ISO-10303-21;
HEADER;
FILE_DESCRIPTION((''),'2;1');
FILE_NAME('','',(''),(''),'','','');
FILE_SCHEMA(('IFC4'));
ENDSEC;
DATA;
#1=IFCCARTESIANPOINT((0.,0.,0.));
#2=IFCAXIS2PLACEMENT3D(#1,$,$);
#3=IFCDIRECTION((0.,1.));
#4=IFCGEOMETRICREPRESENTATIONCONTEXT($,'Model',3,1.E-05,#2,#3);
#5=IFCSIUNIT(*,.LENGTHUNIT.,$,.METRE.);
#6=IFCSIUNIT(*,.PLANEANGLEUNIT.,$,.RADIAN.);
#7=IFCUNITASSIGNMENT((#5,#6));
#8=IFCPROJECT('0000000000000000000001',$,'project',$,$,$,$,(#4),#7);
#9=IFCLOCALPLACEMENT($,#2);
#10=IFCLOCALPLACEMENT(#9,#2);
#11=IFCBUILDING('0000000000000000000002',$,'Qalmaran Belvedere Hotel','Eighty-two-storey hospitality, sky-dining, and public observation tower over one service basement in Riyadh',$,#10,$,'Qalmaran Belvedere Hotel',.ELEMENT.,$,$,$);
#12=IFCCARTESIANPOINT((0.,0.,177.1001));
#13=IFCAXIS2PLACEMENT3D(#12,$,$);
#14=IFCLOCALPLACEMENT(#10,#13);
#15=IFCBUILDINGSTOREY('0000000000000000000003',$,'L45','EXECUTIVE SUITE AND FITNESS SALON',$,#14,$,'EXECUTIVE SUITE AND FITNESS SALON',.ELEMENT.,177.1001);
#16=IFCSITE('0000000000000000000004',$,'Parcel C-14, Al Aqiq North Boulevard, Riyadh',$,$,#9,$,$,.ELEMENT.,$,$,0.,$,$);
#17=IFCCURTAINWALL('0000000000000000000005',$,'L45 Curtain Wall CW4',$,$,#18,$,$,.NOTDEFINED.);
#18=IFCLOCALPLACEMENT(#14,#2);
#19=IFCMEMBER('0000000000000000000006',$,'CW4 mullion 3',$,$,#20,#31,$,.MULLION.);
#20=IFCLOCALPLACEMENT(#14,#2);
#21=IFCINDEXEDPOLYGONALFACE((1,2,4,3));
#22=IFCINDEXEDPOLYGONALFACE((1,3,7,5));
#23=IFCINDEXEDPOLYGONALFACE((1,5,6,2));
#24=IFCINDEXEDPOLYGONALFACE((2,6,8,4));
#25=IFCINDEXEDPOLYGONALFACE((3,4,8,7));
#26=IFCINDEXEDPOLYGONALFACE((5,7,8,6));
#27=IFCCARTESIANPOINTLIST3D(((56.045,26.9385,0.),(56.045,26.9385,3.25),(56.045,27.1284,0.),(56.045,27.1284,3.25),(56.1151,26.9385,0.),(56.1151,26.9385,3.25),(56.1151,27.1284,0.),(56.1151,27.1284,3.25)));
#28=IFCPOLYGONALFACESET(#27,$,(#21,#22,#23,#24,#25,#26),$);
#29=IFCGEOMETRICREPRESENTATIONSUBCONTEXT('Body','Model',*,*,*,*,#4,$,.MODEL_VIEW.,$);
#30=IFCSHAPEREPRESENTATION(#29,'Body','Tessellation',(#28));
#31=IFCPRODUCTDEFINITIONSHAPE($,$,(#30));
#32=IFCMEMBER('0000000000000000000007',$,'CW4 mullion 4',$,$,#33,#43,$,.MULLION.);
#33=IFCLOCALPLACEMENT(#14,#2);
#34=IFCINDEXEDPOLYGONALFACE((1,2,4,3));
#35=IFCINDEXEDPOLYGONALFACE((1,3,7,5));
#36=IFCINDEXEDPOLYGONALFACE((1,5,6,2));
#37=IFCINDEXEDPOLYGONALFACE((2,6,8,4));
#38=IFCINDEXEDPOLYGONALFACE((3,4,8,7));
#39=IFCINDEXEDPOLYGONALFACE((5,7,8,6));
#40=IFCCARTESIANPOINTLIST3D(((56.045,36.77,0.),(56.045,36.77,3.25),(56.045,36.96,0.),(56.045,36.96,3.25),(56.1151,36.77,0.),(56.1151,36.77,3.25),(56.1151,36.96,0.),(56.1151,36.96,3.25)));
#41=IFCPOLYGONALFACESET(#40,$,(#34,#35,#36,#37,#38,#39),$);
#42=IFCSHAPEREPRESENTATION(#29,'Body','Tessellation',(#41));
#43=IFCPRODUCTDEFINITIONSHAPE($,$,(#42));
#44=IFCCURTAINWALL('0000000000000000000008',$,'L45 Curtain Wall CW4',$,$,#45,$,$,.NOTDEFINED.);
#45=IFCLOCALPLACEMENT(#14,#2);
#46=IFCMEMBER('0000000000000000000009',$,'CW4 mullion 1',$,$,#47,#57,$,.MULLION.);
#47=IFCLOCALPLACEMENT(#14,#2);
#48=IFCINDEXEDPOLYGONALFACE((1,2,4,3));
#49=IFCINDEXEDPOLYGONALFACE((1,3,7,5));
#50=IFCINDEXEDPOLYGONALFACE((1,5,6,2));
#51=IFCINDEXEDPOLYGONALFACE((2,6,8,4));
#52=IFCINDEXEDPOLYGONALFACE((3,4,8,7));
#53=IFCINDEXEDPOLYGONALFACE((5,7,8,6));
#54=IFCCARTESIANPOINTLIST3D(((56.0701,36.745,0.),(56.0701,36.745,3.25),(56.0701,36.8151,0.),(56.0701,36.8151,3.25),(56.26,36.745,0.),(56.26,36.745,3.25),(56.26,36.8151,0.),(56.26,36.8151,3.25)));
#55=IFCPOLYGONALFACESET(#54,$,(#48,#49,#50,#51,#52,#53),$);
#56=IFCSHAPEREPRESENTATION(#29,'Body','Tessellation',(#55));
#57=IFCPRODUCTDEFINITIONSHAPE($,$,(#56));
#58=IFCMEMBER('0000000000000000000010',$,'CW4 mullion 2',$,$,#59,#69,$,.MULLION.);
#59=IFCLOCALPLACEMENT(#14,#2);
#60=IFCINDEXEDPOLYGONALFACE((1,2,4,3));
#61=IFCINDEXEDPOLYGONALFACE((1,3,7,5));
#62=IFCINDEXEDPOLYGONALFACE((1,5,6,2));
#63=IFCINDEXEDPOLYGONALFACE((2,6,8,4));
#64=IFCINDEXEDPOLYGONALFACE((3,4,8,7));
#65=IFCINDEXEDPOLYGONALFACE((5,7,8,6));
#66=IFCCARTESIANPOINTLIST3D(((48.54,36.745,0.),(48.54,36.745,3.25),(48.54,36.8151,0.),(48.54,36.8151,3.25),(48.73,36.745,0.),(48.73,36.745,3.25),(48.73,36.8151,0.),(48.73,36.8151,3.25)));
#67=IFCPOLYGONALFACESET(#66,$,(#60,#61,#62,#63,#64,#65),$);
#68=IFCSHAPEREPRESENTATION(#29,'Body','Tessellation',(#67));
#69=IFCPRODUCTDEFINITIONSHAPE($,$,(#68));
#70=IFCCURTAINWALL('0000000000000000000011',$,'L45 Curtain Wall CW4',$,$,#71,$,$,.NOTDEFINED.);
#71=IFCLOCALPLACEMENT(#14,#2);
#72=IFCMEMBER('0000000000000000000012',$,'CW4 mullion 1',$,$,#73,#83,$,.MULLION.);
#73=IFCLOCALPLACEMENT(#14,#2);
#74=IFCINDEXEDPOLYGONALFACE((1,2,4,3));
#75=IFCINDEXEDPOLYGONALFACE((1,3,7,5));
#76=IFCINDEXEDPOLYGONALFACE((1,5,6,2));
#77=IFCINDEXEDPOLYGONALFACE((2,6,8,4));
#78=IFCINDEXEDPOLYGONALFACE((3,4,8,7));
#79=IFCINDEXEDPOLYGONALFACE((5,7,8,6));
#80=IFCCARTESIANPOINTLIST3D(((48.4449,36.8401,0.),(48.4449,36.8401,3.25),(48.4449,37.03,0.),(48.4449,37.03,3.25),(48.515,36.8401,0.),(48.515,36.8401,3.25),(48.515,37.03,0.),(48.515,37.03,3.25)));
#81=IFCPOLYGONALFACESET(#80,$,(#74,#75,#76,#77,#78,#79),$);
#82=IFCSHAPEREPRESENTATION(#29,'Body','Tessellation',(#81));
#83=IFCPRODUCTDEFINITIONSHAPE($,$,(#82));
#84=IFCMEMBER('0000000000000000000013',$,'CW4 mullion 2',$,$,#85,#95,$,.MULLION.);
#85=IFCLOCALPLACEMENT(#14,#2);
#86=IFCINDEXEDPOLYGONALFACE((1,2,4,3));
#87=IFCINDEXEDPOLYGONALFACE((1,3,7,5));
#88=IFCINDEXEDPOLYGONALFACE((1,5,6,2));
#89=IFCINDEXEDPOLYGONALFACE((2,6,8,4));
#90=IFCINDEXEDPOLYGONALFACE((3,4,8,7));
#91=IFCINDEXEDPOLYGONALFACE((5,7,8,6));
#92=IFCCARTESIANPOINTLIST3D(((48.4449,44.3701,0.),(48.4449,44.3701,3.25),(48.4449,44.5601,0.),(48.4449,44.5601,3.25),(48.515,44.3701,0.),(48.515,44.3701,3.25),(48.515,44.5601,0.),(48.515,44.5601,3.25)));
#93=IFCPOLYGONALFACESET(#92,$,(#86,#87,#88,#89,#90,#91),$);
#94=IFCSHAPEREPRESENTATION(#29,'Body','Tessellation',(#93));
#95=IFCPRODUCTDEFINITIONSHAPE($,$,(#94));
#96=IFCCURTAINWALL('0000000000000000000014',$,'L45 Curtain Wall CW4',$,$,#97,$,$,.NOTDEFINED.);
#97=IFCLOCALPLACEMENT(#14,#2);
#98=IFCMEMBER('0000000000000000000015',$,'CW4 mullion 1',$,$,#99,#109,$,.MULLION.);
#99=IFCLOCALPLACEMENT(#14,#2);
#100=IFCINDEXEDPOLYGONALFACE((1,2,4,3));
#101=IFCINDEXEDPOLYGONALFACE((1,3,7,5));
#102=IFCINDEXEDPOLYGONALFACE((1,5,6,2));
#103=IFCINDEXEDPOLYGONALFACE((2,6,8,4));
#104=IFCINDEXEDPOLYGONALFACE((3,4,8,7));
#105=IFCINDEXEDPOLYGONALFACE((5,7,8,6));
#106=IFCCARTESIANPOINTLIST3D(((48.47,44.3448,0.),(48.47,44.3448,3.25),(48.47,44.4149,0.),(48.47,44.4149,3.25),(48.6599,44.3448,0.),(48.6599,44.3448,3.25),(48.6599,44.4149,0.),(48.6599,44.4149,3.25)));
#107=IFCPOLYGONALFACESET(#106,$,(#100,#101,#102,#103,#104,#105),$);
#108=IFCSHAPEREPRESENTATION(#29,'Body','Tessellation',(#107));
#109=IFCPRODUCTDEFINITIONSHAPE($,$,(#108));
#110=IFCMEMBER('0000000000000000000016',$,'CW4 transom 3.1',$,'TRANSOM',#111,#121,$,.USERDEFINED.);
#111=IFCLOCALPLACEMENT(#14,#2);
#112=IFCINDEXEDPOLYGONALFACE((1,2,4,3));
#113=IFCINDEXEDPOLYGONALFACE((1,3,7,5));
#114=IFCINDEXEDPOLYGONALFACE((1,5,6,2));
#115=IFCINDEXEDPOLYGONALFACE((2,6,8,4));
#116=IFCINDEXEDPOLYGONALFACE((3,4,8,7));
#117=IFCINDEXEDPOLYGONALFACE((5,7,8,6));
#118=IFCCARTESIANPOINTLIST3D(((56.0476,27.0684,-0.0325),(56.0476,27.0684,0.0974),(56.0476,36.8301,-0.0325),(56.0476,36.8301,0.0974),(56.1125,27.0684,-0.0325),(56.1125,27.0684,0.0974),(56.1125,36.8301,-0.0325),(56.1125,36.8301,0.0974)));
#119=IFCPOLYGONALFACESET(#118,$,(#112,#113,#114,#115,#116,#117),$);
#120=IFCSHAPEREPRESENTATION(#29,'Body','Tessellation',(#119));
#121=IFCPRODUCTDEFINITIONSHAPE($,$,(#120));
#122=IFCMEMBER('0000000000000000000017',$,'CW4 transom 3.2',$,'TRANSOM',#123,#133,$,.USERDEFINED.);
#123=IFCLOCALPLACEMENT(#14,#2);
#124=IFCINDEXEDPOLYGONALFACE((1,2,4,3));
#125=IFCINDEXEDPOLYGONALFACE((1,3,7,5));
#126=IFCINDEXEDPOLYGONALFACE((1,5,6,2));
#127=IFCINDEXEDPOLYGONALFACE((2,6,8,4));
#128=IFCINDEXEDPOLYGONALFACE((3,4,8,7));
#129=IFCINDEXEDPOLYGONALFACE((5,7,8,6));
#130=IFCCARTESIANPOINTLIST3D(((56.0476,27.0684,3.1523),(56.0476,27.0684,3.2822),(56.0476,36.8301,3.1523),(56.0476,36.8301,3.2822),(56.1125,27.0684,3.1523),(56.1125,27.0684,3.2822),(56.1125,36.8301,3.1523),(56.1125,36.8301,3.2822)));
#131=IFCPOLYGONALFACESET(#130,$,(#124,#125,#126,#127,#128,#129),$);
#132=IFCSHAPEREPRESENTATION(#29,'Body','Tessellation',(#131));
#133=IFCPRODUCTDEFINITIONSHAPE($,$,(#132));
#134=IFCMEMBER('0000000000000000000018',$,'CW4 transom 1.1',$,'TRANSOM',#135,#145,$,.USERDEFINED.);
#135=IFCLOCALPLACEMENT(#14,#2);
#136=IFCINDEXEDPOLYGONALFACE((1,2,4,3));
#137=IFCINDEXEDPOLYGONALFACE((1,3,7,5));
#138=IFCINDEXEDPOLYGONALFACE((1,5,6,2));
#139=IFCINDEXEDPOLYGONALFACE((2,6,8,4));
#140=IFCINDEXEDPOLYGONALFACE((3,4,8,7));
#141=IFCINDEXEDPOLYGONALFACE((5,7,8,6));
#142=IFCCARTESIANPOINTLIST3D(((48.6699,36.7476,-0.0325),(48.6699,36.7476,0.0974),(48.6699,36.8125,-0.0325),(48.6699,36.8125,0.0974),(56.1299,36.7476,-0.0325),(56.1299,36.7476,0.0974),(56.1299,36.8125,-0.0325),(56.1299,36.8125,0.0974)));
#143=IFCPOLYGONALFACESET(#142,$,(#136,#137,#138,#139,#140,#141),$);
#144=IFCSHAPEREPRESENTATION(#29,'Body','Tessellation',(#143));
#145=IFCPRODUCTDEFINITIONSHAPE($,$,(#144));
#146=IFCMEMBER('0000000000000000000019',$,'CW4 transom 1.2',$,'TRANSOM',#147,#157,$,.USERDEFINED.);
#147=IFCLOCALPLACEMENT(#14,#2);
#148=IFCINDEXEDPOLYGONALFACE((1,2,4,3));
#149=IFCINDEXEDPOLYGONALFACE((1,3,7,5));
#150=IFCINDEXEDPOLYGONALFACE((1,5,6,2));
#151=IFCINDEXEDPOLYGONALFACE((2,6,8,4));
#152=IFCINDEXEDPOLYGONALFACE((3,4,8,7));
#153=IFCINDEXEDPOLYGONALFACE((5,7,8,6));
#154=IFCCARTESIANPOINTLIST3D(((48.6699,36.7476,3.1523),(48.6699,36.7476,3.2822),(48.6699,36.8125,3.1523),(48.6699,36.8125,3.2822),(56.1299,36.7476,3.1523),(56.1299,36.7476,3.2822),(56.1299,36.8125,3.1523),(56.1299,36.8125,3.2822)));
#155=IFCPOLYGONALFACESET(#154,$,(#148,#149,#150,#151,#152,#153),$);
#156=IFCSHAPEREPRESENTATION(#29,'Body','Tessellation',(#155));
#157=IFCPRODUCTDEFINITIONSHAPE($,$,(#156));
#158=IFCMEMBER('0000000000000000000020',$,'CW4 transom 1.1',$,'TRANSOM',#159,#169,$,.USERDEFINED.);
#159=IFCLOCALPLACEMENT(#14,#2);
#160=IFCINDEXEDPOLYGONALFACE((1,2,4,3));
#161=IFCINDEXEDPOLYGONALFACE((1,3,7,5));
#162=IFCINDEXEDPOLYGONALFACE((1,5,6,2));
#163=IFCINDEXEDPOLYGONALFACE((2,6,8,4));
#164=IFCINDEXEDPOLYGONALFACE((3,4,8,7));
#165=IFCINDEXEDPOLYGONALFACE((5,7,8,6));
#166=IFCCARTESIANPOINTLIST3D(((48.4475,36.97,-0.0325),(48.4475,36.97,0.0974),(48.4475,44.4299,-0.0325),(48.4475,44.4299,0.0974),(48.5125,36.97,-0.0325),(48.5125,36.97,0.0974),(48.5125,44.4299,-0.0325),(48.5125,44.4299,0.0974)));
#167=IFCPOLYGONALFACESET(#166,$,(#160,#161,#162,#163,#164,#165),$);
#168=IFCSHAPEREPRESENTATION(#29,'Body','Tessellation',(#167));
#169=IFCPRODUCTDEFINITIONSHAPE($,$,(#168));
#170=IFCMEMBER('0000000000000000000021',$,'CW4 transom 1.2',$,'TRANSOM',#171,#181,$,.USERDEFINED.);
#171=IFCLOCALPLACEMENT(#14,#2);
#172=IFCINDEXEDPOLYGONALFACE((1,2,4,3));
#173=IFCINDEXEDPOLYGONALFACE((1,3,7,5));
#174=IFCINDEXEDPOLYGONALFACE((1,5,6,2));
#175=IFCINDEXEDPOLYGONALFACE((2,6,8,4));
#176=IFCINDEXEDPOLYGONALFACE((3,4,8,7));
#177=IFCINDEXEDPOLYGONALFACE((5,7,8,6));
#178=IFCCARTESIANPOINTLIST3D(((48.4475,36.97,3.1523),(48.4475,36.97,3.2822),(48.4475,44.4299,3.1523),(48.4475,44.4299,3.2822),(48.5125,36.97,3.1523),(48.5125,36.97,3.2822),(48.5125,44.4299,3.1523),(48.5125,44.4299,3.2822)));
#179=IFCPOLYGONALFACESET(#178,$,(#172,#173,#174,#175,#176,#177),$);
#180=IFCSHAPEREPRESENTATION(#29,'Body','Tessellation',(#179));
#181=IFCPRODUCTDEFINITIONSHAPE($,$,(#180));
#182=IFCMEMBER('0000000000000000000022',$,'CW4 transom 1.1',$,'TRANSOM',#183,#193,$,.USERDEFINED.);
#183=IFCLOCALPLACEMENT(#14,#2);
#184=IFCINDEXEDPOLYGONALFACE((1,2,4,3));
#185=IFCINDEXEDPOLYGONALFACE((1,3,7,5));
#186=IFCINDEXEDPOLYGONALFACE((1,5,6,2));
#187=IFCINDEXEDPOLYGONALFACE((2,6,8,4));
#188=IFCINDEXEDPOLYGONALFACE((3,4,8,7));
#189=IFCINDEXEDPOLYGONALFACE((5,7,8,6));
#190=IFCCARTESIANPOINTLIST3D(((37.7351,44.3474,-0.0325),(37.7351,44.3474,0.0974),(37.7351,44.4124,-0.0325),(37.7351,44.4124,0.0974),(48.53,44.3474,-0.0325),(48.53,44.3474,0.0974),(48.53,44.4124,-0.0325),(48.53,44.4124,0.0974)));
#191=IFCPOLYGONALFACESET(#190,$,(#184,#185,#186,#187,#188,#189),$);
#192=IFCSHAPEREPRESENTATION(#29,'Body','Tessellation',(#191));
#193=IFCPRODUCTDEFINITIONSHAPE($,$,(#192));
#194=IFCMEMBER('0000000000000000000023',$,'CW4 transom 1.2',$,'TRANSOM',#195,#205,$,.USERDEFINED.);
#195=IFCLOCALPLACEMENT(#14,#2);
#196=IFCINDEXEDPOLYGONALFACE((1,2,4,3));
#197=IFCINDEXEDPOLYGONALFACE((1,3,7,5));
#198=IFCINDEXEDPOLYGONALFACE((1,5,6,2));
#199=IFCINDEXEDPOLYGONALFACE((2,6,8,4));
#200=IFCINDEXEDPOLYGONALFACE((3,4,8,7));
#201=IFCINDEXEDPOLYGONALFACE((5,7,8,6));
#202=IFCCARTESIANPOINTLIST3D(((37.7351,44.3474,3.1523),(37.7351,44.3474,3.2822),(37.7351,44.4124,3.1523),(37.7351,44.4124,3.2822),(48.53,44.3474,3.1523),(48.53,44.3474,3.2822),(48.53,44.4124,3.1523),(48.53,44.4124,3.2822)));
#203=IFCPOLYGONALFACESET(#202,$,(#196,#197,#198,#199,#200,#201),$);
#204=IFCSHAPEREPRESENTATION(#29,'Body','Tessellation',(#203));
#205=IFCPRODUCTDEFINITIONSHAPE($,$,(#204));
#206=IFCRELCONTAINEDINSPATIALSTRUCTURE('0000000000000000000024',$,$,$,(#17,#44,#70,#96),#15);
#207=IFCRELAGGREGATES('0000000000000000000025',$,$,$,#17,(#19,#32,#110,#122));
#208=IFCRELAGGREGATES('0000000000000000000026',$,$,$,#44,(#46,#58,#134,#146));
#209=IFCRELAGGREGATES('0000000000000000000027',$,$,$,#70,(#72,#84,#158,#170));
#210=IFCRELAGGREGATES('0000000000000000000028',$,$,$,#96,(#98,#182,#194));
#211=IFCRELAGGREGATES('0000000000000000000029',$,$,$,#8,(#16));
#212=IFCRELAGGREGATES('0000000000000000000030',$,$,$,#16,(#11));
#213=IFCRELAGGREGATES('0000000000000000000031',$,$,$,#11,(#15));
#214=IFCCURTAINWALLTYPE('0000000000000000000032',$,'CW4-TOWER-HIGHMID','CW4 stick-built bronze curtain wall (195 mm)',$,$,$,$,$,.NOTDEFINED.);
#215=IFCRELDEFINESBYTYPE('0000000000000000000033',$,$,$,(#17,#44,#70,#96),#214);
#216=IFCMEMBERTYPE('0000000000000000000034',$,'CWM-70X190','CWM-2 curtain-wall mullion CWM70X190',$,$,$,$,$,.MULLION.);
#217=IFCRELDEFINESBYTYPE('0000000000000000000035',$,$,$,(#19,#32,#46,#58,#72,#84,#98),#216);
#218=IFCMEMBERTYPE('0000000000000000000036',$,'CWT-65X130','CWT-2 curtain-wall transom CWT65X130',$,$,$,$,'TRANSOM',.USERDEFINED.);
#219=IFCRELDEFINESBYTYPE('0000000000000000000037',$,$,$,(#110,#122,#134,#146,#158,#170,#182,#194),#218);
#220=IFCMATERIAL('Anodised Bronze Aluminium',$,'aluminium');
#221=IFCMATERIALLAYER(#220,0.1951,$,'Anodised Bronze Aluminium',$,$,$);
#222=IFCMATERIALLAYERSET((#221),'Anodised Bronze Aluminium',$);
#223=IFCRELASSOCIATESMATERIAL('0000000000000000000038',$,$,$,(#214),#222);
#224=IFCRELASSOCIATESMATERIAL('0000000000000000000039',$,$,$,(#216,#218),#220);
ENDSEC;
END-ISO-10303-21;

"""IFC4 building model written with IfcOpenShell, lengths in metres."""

from ifc_helpers import new_model, si_unit, direction, frame, origin, origin_2d, place, context, subcontext, project, spatial, rectangle, extrude, material, layer, layer_set, material_profile, profile_set, type_object, element, aggregate, save


model = new_model("IFC4")

# Units and contexts
model_context = context("Model", 3, precision=1e-05, world=origin(), true_north=direction((0.0, 1.0)))
body_context = subcontext(model_context, "Body", "Model", "MODEL_VIEW")
ifc_project = project(units=[si_unit("LENGTHUNIT", "METRE"), si_unit("PLANEANGLEUNIT", "RADIAN")], contexts=[model_context])

# Site, building, storey
site_placement = place(None, origin())
site = spatial("IfcSite", under=ifc_project, at=site_placement, Name="Parcel C-14, Al Aqiq North Boulevard, Riyadh", CompositionType="ELEMENT", RefElevation=0.0)
building_placement = place(site_placement, origin())
building = spatial("IfcBuilding", under=site, at=building_placement, Name="Qalmaran Belvedere Hotel", Description="Eighty-two-storey hospitality, sky-dining, and public observation tower over one service basement in Riyadh", LongName="Qalmaran Belvedere Hotel", CompositionType="ELEMENT")
storey_placement = place(building_placement, frame((0.0, 0.0, 177.1001)))
storey = spatial("IfcBuildingStorey", under=building, at=storey_placement, Name="L45", Description="EXECUTIVE SUITE AND FITNESS SALON", LongName="EXECUTIVE SUITE AND FITNESS SALON", CompositionType="ELEMENT", Elevation=177.1001)

# Curtain walls, members
ifc_material_1 = material(Name="Anodised Bronze Aluminium", Category="aluminium")
ifc_layer_1 = layer(ifc_material_1, 0.1951, Name="Anodised Bronze Aluminium")
ifc_layer_set_1 = layer_set([ifc_layer_1], Name="Anodised Bronze Aluminium")
curtain_wall_type = type_object("IfcCurtainWallType", Name="CW4-TOWER-HIGHMID", Description="CW4 stick-built bronze curtain wall (195 mm)", PredefinedType="NOTDEFINED", material=ifc_layer_set_1)
curtain_wall_1_placement = place(storey_placement, origin())
curtain_wall_1 = element("IfcCurtainWall", 1, at=curtain_wall_1_placement, inside=storey, type_object=curtain_wall_type, Name="L45 Curtain Wall CW4", PredefinedType="NOTDEFINED")
ifc_material_profile_1 = material_profile(ifc_material_1, rectangle(XDim=0.0701, YDim=0.1899, at=origin_2d()), Name="CWM70X190")
ifc_profile_set_1 = profile_set([ifc_material_profile_1], Name="Anodised Bronze Aluminium")
member_type_1 = type_object("IfcMemberType", Name="CWM-70X190", Description="CWM-2 curtain-wall mullion CWM70X190", PredefinedType="MULLION", material=ifc_profile_set_1)
member_1_placement = place(storey_placement, frame((56.0801, 27.0334, 0.0), z_axis=(0.0, 0.0, 1.0), x_axis=(-1.0, 0.0, 0.0)))
member_1 = element("IfcMember", 2, at=member_1_placement, type_object=member_type_1, Name="CW4 mullion 3", PredefinedType="MULLION", context=body_context, shape_type="SweptSolid", body=[
    extrude(rectangle(XDim=0.0701, YDim=0.1899, at=origin_2d()), origin(), (0.0, 0.0, 1.0), 3.25),
])
member_2_placement = place(storey_placement, frame((56.0801, 36.865, 0.0), z_axis=(0.0, 0.0, 1.0), x_axis=(-1.0, 0.0, 0.0)))
member_2 = element("IfcMember", 3, at=member_2_placement, type_object=member_type_1, Name="CW4 mullion 4", PredefinedType="MULLION", context=body_context, shape_type="SweptSolid", body=[
    extrude(rectangle(XDim=0.0701, YDim=0.1899, at=origin_2d()), origin(), (0.0, 0.0, 1.0), 3.25),
])
curtain_wall_2_placement = place(storey_placement, origin())
curtain_wall_2 = element("IfcCurtainWall", 4, at=curtain_wall_2_placement, inside=storey, type_object=curtain_wall_type, Name="L45 Curtain Wall CW4", PredefinedType="NOTDEFINED")
member_3_placement = place(storey_placement, frame((56.165, 36.78, 0.0), z_axis=(0.0, 0.0, 1.0), x_axis=(0.0, -1.0, 0.0)))
member_3 = element("IfcMember", 5, at=member_3_placement, type_object=member_type_1, Name="CW4 mullion 1", PredefinedType="MULLION", context=body_context, shape_type="SweptSolid", body=[
    extrude(rectangle(XDim=0.0701, YDim=0.1899, at=origin_2d()), origin(), (0.0, 0.0, 1.0), 3.25),
])
member_4_placement = place(storey_placement, frame((48.635, 36.78, 0.0), z_axis=(0.0, 0.0, 1.0), x_axis=(0.0, -1.0, 0.0)))
member_4 = element("IfcMember", 6, at=member_4_placement, type_object=member_type_1, Name="CW4 mullion 2", PredefinedType="MULLION", context=body_context, shape_type="SweptSolid", body=[
    extrude(rectangle(XDim=0.0701, YDim=0.1899, at=origin_2d()), origin(), (0.0, 0.0, 1.0), 3.25),
])
curtain_wall_3_placement = place(storey_placement, origin())
curtain_wall_3 = element("IfcCurtainWall", 7, at=curtain_wall_3_placement, inside=storey, type_object=curtain_wall_type, Name="L45 Curtain Wall CW4", PredefinedType="NOTDEFINED")
member_5_placement = place(storey_placement, frame((48.48, 36.9351, 0.0), z_axis=(0.0, 0.0, 1.0), x_axis=(-1.0, 0.0, 0.0)))
member_5 = element("IfcMember", 8, at=member_5_placement, type_object=member_type_1, Name="CW4 mullion 1", PredefinedType="MULLION", context=body_context, shape_type="SweptSolid", body=[
    extrude(rectangle(XDim=0.0701, YDim=0.1899, at=origin_2d()), origin(), (0.0, 0.0, 1.0), 3.25),
])
member_6_placement = place(storey_placement, frame((48.48, 44.4651, 0.0), z_axis=(0.0, 0.0, 1.0), x_axis=(-1.0, 0.0, 0.0)))
member_6 = element("IfcMember", 9, at=member_6_placement, type_object=member_type_1, Name="CW4 mullion 2", PredefinedType="MULLION", context=body_context, shape_type="SweptSolid", body=[
    extrude(rectangle(XDim=0.0701, YDim=0.1899, at=origin_2d()), origin(), (0.0, 0.0, 1.0), 3.25),
])

# Curtain wall, member
curtain_wall_4_placement = place(storey_placement, origin())
curtain_wall_4 = element("IfcCurtainWall", 10, at=curtain_wall_4_placement, inside=storey, type_object=curtain_wall_type, Name="L45 Curtain Wall CW4", PredefinedType="NOTDEFINED")
member_7_placement = place(storey_placement, frame((48.5649, 44.3799, 0.0), z_axis=(0.0, 0.0, 1.0), x_axis=(0.0, -1.0, 0.0)))
member_7 = element("IfcMember", 11, at=member_7_placement, type_object=member_type_1, Name="CW4 mullion 1", PredefinedType="MULLION", context=body_context, shape_type="SweptSolid", body=[
    extrude(rectangle(XDim=0.0701, YDim=0.1899, at=origin_2d()), origin(), (0.0, 0.0, 1.0), 3.25),
])

# Members
ifc_material_profile_2 = material_profile(ifc_material_1, rectangle(XDim=0.0649, YDim=0.1299, at=origin_2d()), Name="CWT65X130")
ifc_profile_set_2 = profile_set([ifc_material_profile_2], Name="Anodised Bronze Aluminium")
member_type_2 = type_object("IfcMemberType", Name="CWT-65X130", Description="CWT-2 curtain-wall transom CWT65X130", ElementType="TRANSOM", PredefinedType="USERDEFINED", material=ifc_profile_set_2)
member_8_placement = place(storey_placement, frame((56.0801, 27.0684, 0.0325), z_axis=(0.0, 1.0, 0.0), x_axis=(-1.0, 0.0, 0.0)))
member_8 = element("IfcMember", 12, at=member_8_placement, type_object=member_type_2, Name="CW4 transom 3.1", ObjectType="TRANSOM", PredefinedType="USERDEFINED", context=body_context, shape_type="SweptSolid", body=[
    extrude(rectangle(XDim=0.0649, YDim=0.1299, at=origin_2d()), origin(), (0.0, 0.0, 1.0), 9.7617),
])
member_9_placement = place(storey_placement, frame((56.0801, 27.0684, 3.2173), z_axis=(0.0, 1.0, 0.0), x_axis=(-1.0, 0.0, 0.0)))
member_9 = element("IfcMember", 13, at=member_9_placement, type_object=member_type_2, Name="CW4 transom 3.2", ObjectType="TRANSOM", PredefinedType="USERDEFINED", context=body_context, shape_type="SweptSolid", body=[
    extrude(rectangle(XDim=0.0649, YDim=0.1299, at=origin_2d()), origin(), (0.0, 0.0, 1.0), 9.7617),
])
member_10_placement = place(storey_placement, frame((56.1299, 36.78, 0.0325), z_axis=(-1.0, 0.0, 0.0), x_axis=(0.0, -1.0, 0.0)))
member_10 = element("IfcMember", 14, at=member_10_placement, type_object=member_type_2, Name="CW4 transom 1.1", ObjectType="TRANSOM", PredefinedType="USERDEFINED", context=body_context, shape_type="SweptSolid", body=[
    extrude(rectangle(XDim=0.0649, YDim=0.1299, at=origin_2d()), origin(), (0.0, 0.0, 1.0), 7.46),
])
member_11_placement = place(storey_placement, frame((56.1299, 36.78, 3.2173), z_axis=(-1.0, 0.0, 0.0), x_axis=(0.0, -1.0, 0.0)))
member_11 = element("IfcMember", 15, at=member_11_placement, type_object=member_type_2, Name="CW4 transom 1.2", ObjectType="TRANSOM", PredefinedType="USERDEFINED", context=body_context, shape_type="SweptSolid", body=[
    extrude(rectangle(XDim=0.0649, YDim=0.1299, at=origin_2d()), origin(), (0.0, 0.0, 1.0), 7.46),
])
member_12_placement = place(storey_placement, frame((48.48, 36.97, 0.0325), z_axis=(0.0, 1.0, 0.0), x_axis=(-1.0, 0.0, 0.0)))
member_12 = element("IfcMember", 16, at=member_12_placement, type_object=member_type_2, Name="CW4 transom 1.1", ObjectType="TRANSOM", PredefinedType="USERDEFINED", context=body_context, shape_type="SweptSolid", body=[
    extrude(rectangle(XDim=0.0649, YDim=0.1299, at=origin_2d()), origin(), (0.0, 0.0, 1.0), 7.46),
])
member_13_placement = place(storey_placement, frame((48.48, 36.97, 3.2173), z_axis=(0.0, 1.0, 0.0), x_axis=(-1.0, 0.0, 0.0)))
member_13 = element("IfcMember", 17, at=member_13_placement, type_object=member_type_2, Name="CW4 transom 1.2", ObjectType="TRANSOM", PredefinedType="USERDEFINED", context=body_context, shape_type="SweptSolid", body=[
    extrude(rectangle(XDim=0.0649, YDim=0.1299, at=origin_2d()), origin(), (0.0, 0.0, 1.0), 7.46),
])
member_14_placement = place(storey_placement, frame((48.53, 44.3799, 0.0325), z_axis=(-1.0, 0.0, 0.0), x_axis=(0.0, -1.0, 0.0)))
member_14 = element("IfcMember", 18, at=member_14_placement, type_object=member_type_2, Name="CW4 transom 1.1", ObjectType="TRANSOM", PredefinedType="USERDEFINED", context=body_context, shape_type="SweptSolid", body=[
    extrude(rectangle(XDim=0.0649, YDim=0.1299, at=origin_2d()), origin(), (0.0, 0.0, 1.0), 10.7949),
])
member_15_placement = place(storey_placement, frame((48.53, 44.3799, 3.2173), z_axis=(-1.0, 0.0, 0.0), x_axis=(0.0, -1.0, 0.0)))
member_15 = element("IfcMember", 19, at=member_15_placement, type_object=member_type_2, Name="CW4 transom 1.2", ObjectType="TRANSOM", PredefinedType="USERDEFINED", context=body_context, shape_type="SweptSolid", body=[
    extrude(rectangle(XDim=0.0649, YDim=0.1299, at=origin_2d()), origin(), (0.0, 0.0, 1.0), 10.7949),
])

aggregate(curtain_wall_1, [member_1, member_2, member_8, member_9])
aggregate(curtain_wall_2, [member_3, member_4, member_10, member_11])
aggregate(curtain_wall_3, [member_5, member_6, member_12, member_13])
aggregate(curtain_wall_4, [member_7, member_14, member_15])

save(model, "model.ifc")
